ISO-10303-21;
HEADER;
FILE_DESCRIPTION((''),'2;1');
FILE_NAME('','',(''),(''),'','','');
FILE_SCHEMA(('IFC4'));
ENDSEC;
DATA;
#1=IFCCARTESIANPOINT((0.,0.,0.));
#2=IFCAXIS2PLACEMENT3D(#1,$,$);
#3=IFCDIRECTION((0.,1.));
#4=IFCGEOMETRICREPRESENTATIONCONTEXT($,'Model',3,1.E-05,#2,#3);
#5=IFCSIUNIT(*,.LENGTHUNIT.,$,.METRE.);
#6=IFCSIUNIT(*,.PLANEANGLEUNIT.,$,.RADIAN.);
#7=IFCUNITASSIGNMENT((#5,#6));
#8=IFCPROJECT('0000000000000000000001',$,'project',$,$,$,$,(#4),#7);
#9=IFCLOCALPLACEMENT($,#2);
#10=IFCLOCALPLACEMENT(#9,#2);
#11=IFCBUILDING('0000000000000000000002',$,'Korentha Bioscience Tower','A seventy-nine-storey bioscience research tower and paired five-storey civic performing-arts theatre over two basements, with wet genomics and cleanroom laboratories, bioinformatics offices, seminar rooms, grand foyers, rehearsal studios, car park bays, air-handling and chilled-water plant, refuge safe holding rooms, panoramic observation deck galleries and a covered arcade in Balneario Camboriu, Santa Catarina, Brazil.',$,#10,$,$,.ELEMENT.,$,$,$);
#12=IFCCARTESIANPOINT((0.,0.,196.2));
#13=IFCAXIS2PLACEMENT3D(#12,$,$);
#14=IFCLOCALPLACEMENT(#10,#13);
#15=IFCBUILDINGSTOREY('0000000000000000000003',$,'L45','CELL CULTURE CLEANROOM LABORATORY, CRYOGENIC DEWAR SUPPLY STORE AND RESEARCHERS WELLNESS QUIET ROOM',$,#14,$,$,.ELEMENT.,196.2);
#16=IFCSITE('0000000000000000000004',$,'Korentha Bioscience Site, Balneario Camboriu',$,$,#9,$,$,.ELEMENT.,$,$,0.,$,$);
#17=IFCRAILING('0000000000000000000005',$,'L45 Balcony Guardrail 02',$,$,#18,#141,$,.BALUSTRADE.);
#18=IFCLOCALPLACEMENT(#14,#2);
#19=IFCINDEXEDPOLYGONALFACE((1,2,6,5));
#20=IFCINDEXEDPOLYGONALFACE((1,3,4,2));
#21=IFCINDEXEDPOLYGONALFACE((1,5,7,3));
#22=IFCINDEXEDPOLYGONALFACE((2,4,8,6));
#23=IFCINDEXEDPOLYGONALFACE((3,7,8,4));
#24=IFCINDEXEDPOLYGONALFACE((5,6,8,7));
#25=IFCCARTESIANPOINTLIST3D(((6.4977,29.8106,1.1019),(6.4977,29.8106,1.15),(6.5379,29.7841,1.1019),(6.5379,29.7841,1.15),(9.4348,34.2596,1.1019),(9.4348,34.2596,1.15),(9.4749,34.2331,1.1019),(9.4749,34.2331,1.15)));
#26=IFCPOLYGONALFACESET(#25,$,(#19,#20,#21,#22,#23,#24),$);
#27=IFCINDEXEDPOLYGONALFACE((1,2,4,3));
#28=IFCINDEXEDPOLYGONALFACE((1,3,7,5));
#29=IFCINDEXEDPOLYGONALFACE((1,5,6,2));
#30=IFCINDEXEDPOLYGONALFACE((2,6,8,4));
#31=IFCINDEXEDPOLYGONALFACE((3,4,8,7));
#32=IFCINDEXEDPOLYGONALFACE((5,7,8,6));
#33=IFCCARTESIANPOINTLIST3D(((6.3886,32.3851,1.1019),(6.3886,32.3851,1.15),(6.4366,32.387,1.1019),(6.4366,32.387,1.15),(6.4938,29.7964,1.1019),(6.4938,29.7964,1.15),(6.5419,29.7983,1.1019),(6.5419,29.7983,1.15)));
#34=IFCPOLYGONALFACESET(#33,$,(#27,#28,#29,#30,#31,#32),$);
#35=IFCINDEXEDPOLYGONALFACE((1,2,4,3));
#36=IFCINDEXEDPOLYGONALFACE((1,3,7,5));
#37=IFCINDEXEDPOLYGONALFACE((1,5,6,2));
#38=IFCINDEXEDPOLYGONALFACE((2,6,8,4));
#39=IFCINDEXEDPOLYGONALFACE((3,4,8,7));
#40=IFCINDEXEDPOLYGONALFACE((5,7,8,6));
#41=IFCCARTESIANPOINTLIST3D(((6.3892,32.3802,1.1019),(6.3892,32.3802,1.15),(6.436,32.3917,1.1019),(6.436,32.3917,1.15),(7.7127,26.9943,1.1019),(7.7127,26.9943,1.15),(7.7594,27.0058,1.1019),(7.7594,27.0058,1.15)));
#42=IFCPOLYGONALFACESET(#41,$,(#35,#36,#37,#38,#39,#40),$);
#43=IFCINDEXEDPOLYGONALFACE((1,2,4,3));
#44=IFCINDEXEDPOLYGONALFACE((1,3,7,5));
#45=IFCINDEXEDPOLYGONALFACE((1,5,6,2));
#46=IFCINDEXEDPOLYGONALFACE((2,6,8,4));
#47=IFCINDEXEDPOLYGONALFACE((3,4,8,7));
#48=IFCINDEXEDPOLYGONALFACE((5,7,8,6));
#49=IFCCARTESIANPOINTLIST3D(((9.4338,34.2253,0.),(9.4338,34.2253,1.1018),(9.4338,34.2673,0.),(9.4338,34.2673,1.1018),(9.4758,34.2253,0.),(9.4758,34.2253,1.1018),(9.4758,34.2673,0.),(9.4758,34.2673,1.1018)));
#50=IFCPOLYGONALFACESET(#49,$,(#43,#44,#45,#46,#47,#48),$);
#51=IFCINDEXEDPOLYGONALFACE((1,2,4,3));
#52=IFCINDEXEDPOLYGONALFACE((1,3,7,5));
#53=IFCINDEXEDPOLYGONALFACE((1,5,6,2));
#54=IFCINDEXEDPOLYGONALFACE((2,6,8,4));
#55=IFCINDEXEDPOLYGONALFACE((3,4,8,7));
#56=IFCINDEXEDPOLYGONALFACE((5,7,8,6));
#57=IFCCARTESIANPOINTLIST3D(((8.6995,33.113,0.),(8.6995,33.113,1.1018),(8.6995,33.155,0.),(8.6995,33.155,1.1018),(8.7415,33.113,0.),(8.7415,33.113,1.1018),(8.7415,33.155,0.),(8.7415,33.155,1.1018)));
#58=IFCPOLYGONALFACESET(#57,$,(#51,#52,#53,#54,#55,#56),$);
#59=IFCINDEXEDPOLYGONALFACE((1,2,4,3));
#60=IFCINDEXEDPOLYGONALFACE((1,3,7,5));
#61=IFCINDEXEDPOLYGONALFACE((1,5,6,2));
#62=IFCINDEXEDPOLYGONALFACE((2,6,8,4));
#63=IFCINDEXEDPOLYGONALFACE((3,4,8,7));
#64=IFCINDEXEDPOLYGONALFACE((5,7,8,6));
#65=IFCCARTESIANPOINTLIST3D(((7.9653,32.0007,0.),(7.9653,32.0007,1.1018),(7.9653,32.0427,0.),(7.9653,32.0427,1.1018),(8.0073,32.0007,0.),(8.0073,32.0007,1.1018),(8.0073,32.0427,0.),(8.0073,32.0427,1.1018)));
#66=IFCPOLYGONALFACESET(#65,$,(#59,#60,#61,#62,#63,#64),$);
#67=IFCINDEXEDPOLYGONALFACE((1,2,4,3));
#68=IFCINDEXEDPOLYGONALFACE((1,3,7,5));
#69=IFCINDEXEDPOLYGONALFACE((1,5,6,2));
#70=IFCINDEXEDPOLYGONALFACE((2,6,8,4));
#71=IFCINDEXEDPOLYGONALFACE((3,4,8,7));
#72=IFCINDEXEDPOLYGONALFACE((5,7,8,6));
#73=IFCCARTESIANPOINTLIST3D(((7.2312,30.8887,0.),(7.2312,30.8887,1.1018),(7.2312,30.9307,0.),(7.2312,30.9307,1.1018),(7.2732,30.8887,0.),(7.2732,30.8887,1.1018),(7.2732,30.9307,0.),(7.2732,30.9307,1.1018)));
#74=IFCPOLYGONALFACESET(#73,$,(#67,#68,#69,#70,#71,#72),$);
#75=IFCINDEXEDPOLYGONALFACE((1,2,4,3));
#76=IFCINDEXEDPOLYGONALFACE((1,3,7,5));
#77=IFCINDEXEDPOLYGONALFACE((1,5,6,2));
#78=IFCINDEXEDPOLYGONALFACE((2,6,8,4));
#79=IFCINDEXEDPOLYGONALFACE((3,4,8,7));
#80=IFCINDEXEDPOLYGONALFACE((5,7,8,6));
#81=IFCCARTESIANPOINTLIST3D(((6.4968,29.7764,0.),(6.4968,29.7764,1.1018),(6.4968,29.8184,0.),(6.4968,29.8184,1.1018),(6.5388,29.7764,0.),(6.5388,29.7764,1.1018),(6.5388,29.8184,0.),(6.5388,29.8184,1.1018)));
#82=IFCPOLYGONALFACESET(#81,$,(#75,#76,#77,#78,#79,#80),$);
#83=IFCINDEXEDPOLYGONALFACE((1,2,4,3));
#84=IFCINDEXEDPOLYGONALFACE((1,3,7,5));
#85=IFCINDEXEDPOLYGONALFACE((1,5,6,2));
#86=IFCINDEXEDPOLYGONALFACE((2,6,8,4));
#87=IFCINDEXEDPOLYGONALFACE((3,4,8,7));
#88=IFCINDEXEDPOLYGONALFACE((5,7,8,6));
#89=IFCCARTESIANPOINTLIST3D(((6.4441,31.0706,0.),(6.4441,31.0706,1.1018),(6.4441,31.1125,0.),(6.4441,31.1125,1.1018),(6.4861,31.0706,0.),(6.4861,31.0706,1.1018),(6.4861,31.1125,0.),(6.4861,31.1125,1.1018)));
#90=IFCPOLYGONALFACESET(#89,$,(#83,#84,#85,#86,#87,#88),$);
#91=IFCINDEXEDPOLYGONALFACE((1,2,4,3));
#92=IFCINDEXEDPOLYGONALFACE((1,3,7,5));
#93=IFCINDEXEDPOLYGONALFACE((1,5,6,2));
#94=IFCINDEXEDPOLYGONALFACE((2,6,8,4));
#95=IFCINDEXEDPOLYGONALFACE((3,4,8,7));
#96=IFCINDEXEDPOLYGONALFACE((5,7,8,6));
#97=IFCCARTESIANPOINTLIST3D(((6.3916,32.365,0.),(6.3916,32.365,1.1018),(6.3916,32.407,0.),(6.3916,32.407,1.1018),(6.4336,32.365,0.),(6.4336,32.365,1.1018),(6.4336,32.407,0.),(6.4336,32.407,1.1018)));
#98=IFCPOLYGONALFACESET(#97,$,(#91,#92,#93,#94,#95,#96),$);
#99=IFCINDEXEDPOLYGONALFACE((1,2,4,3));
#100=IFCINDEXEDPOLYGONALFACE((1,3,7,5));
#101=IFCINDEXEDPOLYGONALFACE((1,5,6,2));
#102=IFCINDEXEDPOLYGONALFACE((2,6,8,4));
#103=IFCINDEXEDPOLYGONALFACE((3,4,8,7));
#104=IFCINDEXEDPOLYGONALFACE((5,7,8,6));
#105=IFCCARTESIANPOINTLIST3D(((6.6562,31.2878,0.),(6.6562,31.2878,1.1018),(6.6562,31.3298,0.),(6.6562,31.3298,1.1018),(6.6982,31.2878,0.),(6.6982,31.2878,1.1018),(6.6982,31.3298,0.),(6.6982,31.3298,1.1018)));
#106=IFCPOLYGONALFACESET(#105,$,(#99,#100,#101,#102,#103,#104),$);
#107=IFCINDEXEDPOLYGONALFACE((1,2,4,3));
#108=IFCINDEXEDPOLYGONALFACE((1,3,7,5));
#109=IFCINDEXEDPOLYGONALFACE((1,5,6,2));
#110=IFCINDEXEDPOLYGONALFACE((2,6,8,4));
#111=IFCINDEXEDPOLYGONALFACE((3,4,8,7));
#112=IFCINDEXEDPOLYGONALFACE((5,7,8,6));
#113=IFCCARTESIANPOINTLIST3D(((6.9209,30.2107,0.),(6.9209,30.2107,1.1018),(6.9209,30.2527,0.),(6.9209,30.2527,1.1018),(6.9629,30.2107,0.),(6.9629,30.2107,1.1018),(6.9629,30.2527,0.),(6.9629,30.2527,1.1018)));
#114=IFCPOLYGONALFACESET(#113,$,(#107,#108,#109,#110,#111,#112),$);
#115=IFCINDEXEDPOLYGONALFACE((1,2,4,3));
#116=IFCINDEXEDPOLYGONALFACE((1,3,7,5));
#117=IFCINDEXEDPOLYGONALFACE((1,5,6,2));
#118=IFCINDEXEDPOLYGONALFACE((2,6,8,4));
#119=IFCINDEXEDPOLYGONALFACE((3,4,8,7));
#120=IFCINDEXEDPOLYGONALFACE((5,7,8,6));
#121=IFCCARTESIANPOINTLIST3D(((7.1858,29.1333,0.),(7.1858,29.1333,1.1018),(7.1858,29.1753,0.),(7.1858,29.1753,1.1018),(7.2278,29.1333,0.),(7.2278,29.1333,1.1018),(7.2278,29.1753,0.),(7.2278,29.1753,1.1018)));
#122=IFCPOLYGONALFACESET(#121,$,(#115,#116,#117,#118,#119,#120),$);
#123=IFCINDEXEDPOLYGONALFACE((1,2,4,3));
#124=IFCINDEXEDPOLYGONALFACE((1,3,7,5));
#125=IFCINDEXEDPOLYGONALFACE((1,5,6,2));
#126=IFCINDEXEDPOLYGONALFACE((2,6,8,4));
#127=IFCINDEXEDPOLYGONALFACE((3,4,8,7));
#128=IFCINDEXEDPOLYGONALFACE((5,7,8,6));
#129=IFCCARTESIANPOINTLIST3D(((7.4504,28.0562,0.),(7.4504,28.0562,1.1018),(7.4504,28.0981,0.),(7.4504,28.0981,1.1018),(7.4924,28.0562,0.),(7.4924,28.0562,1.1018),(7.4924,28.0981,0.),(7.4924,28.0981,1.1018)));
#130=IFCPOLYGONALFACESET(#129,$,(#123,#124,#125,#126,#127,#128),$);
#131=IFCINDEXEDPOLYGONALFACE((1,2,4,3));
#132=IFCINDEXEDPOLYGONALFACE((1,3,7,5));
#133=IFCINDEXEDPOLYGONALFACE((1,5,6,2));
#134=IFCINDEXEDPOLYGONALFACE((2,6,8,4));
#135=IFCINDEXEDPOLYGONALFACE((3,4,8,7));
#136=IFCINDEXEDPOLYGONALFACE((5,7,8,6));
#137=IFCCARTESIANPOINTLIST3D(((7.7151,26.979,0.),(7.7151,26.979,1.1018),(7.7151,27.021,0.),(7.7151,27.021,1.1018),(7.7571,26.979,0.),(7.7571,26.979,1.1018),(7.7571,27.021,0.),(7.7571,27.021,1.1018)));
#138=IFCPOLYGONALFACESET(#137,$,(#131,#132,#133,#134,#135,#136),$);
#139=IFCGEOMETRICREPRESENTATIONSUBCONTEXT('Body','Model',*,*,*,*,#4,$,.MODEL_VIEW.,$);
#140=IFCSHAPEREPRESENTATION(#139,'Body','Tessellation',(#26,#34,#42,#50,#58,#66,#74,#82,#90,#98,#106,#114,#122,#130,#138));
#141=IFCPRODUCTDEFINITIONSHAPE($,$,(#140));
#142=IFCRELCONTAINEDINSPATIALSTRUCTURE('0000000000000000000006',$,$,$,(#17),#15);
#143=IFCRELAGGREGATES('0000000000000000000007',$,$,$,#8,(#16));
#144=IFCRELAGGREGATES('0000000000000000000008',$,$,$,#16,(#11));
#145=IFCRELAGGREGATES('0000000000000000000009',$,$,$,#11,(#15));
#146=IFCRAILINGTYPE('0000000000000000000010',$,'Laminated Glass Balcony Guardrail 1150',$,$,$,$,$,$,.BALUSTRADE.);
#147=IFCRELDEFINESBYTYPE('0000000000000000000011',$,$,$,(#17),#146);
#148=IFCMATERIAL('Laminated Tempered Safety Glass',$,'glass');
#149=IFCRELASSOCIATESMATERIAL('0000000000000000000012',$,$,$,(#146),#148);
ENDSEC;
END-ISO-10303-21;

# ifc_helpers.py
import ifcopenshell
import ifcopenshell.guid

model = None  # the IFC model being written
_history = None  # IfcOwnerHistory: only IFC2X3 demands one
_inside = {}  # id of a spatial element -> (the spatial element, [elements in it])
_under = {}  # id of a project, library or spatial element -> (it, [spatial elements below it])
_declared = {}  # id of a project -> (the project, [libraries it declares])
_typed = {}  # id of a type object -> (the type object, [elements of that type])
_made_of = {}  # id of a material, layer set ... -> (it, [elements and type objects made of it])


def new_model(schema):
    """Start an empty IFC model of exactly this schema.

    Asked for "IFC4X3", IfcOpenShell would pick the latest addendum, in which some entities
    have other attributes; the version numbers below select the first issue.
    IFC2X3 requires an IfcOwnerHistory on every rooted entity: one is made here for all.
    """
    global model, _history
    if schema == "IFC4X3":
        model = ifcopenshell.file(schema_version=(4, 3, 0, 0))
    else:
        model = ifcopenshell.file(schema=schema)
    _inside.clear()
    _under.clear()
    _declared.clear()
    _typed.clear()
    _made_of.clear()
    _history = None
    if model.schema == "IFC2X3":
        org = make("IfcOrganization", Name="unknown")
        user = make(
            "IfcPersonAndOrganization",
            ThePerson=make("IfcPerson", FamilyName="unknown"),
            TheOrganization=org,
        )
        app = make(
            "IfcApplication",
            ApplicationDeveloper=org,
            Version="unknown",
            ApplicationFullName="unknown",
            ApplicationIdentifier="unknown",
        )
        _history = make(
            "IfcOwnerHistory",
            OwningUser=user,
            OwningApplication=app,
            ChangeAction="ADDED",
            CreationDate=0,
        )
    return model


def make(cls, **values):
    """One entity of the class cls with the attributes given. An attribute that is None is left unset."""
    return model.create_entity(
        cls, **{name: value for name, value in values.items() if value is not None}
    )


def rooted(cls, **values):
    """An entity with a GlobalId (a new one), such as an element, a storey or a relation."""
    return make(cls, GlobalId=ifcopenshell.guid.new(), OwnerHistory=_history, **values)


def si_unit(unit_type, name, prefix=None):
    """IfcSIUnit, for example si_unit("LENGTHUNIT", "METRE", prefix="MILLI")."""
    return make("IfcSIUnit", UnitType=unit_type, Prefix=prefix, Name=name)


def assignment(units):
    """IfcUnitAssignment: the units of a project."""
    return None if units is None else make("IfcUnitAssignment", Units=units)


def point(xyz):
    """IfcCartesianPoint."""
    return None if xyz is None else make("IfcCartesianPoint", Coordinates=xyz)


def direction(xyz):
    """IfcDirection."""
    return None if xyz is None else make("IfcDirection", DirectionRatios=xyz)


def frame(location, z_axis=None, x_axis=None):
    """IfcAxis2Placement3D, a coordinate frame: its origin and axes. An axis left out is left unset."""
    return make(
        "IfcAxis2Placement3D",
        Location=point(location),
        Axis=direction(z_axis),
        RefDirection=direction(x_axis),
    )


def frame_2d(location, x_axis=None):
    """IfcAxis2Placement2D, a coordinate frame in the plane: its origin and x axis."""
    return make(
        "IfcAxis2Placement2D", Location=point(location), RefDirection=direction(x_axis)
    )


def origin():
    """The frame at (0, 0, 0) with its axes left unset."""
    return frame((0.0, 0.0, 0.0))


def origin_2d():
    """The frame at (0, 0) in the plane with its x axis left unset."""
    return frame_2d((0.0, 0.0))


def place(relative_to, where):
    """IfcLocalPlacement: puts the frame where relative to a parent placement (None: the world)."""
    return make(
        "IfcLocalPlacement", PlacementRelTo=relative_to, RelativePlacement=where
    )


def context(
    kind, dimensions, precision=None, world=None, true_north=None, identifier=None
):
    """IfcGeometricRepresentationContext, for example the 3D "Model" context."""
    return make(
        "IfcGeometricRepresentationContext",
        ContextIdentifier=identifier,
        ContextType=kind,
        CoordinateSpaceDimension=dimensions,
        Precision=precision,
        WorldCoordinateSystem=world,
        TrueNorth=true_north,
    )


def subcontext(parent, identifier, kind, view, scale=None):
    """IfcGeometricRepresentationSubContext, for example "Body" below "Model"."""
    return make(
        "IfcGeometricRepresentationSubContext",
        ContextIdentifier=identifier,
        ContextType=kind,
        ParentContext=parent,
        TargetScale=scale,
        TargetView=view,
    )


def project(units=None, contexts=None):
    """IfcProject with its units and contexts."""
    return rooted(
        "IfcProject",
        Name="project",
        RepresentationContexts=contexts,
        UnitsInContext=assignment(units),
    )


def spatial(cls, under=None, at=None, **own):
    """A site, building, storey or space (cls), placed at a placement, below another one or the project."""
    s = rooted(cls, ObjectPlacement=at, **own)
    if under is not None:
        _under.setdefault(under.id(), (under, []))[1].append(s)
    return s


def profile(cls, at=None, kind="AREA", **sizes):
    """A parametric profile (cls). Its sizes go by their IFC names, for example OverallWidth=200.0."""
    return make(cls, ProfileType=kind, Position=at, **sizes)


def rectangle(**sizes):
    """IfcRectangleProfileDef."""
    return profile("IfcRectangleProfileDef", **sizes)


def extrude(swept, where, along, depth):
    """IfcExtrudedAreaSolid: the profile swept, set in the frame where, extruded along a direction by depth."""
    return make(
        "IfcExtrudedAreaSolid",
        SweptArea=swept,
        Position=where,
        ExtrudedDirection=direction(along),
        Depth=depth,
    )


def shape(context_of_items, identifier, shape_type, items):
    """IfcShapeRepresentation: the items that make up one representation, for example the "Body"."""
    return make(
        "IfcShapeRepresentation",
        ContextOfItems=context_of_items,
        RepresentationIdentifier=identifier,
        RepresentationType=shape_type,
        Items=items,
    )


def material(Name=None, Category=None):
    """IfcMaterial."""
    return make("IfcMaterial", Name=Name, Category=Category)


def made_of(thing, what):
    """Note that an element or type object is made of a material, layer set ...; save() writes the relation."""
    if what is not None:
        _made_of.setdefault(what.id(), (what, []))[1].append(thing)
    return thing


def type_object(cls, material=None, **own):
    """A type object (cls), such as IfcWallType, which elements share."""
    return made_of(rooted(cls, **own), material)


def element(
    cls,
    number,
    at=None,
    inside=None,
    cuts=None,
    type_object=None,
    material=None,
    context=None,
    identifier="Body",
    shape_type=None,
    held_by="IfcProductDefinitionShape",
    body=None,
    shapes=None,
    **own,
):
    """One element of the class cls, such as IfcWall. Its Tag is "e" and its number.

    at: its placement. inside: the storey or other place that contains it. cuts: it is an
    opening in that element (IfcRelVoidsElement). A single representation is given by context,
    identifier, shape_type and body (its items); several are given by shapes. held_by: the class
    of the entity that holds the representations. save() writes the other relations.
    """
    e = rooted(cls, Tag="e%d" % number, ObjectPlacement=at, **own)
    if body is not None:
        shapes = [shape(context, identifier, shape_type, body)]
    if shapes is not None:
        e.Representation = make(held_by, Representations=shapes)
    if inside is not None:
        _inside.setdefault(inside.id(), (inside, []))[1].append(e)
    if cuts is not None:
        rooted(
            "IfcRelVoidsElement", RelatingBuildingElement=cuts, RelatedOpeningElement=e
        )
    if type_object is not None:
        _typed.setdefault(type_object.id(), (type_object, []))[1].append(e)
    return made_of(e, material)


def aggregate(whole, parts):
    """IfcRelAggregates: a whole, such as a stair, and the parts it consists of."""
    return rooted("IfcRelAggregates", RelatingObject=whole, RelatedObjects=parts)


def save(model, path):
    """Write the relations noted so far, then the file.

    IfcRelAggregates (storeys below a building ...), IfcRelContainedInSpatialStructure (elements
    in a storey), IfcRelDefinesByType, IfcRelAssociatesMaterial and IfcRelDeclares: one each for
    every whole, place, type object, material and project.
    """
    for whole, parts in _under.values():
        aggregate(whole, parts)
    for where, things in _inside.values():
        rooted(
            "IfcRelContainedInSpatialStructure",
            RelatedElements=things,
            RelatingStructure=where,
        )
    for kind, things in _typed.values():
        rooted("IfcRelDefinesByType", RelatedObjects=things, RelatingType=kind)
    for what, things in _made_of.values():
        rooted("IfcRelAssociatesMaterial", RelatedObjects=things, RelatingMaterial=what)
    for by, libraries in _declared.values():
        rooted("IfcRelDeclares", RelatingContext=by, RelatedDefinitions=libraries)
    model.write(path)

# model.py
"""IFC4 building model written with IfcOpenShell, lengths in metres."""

from ifc_helpers import new_model, si_unit, direction, frame, origin, origin_2d, place, context, subcontext, project, spatial, rectangle, extrude, material, type_object, element, save


model = new_model("IFC4")

# Units and contexts
model_context = context("Model", 3, precision=1e-05, world=origin(), true_north=direction((0.0, 1.0)))
body_context = subcontext(model_context, "Body", "Model", "MODEL_VIEW")
ifc_project = project(units=[si_unit("LENGTHUNIT", "METRE"), si_unit("PLANEANGLEUNIT", "RADIAN")], contexts=[model_context])

# Site, building, storey
site_placement = place(None, origin())
site = spatial("IfcSite", under=ifc_project, at=site_placement, Name="Korentha Bioscience Site, Balneario Camboriu", CompositionType="ELEMENT", RefElevation=0.0)
building_placement = place(site_placement, origin())
building = spatial("IfcBuilding", under=site, at=building_placement, Name="Korentha Bioscience Tower", Description="A seventy-nine-storey bioscience research tower and paired five-storey civic performing-arts theatre over two basements, with wet genomics and cleanroom laboratories, bioinformatics offices, seminar rooms, grand foyers, rehearsal studios, car park bays, air-handling and chilled-water plant, refuge safe holding rooms, panoramic observation deck galleries and a covered arcade in Balneario Camboriu, Santa Catarina, Brazil.", CompositionType="ELEMENT")
storey_placement = place(building_placement, frame((0.0, 0.0, 196.2)))
storey = spatial("IfcBuildingStorey", under=building, at=storey_placement, Name="L45", Description="CELL CULTURE CLEANROOM LABORATORY, CRYOGENIC DEWAR SUPPLY STORE AND RESEARCHERS WELLNESS QUIET ROOM", CompositionType="ELEMENT", Elevation=196.2)

# Railing
ifc_material_1 = material(Name="Laminated Tempered Safety Glass", Category="glass")
railing_type = type_object("IfcRailingType", Name="Laminated Glass Balcony Guardrail 1150", PredefinedType="BALUSTRADE", material=ifc_material_1)
railing_placement = place(storey_placement, frame((9.4548, 34.2463, 0.0)))
element("IfcRailing", 1, at=railing_placement, inside=storey, type_object=railing_type, Name="L45 Balcony Guardrail 02", PredefinedType="BALUSTRADE", context=body_context, shape_type="SweptSolid", body=[
    extrude(rectangle(XDim=0.0481, YDim=0.0481, at=origin_2d()), frame((0.0, 0.0, 1.126), z_axis=(-0.550932, -0.83455, 0.0), x_axis=(0.83455, -0.550932, 0.0)), (0.0, 0.0, 1.0), 5.3311),
    extrude(rectangle(XDim=0.0481, YDim=0.0481, at=origin_2d()), frame((-2.937, -4.449, 1.126), z_axis=(-0.040615, 0.999175, 0.0), x_axis=(-0.999175, -0.040615, 0.0)), (0.0, 0.0, 1.0), 2.5908),
    extrude(rectangle(XDim=0.0481, YDim=0.0481, at=origin_2d()), frame((-3.0422, -1.8604, 1.126), z_axis=(0.238629, -0.971111, 0.0), x_axis=(0.971111, 0.238629, 0.0)), (0.0, 0.0, 1.0), 5.5461),
    extrude(rectangle(XDim=0.042, YDim=0.042, at=origin_2d()), origin(), (0.0, 0.0, 1.0), 1.1018),
    extrude(rectangle(XDim=0.042, YDim=0.042, at=origin_2d()), frame((-0.7344, -1.1123, 0.0)), (0.0, 0.0, 1.0), 1.1018),
    extrude(rectangle(XDim=0.042, YDim=0.042, at=origin_2d()), frame((-1.4685, -2.2246, 0.0)), (0.0, 0.0, 1.0), 1.1018),
    extrude(rectangle(XDim=0.042, YDim=0.042, at=origin_2d()), frame((-2.2026, -3.3367, 0.0)), (0.0, 0.0, 1.0), 1.1018),
    extrude(rectangle(XDim=0.042, YDim=0.042, at=origin_2d()), frame((-2.937, -4.449, 0.0)), (0.0, 0.0, 1.0), 1.1018),
    extrude(rectangle(XDim=0.042, YDim=0.042, at=origin_2d()), frame((-2.9897, -3.1548, 0.0)), (0.0, 0.0, 1.0), 1.1018),
    extrude(rectangle(XDim=0.042, YDim=0.042, at=origin_2d()), frame((-3.0422, -1.8604, 0.0)), (0.0, 0.0, 1.0), 1.1018),
    extrude(rectangle(XDim=0.042, YDim=0.042, at=origin_2d()), frame((-2.7776, -2.9375, 0.0)), (0.0, 0.0, 1.0), 1.1018),
    extrude(rectangle(XDim=0.042, YDim=0.042, at=origin_2d()), frame((-2.5129, -4.0146, 0.0)), (0.0, 0.0, 1.0), 1.1018),
    extrude(rectangle(XDim=0.042, YDim=0.042, at=origin_2d()), frame((-2.248, -5.092, 0.0)), (0.0, 0.0, 1.0), 1.1018),
    extrude(rectangle(XDim=0.042, YDim=0.042, at=origin_2d()), frame((-1.9834, -6.1692, 0.0)), (0.0, 0.0, 1.0), 1.1018),
    extrude(rectangle(XDim=0.042, YDim=0.042, at=origin_2d()), frame((-1.7188, -7.2463, 0.0)), (0.0, 0.0, 1.0), 1.1018),
])

save(model, "model.ifc")
